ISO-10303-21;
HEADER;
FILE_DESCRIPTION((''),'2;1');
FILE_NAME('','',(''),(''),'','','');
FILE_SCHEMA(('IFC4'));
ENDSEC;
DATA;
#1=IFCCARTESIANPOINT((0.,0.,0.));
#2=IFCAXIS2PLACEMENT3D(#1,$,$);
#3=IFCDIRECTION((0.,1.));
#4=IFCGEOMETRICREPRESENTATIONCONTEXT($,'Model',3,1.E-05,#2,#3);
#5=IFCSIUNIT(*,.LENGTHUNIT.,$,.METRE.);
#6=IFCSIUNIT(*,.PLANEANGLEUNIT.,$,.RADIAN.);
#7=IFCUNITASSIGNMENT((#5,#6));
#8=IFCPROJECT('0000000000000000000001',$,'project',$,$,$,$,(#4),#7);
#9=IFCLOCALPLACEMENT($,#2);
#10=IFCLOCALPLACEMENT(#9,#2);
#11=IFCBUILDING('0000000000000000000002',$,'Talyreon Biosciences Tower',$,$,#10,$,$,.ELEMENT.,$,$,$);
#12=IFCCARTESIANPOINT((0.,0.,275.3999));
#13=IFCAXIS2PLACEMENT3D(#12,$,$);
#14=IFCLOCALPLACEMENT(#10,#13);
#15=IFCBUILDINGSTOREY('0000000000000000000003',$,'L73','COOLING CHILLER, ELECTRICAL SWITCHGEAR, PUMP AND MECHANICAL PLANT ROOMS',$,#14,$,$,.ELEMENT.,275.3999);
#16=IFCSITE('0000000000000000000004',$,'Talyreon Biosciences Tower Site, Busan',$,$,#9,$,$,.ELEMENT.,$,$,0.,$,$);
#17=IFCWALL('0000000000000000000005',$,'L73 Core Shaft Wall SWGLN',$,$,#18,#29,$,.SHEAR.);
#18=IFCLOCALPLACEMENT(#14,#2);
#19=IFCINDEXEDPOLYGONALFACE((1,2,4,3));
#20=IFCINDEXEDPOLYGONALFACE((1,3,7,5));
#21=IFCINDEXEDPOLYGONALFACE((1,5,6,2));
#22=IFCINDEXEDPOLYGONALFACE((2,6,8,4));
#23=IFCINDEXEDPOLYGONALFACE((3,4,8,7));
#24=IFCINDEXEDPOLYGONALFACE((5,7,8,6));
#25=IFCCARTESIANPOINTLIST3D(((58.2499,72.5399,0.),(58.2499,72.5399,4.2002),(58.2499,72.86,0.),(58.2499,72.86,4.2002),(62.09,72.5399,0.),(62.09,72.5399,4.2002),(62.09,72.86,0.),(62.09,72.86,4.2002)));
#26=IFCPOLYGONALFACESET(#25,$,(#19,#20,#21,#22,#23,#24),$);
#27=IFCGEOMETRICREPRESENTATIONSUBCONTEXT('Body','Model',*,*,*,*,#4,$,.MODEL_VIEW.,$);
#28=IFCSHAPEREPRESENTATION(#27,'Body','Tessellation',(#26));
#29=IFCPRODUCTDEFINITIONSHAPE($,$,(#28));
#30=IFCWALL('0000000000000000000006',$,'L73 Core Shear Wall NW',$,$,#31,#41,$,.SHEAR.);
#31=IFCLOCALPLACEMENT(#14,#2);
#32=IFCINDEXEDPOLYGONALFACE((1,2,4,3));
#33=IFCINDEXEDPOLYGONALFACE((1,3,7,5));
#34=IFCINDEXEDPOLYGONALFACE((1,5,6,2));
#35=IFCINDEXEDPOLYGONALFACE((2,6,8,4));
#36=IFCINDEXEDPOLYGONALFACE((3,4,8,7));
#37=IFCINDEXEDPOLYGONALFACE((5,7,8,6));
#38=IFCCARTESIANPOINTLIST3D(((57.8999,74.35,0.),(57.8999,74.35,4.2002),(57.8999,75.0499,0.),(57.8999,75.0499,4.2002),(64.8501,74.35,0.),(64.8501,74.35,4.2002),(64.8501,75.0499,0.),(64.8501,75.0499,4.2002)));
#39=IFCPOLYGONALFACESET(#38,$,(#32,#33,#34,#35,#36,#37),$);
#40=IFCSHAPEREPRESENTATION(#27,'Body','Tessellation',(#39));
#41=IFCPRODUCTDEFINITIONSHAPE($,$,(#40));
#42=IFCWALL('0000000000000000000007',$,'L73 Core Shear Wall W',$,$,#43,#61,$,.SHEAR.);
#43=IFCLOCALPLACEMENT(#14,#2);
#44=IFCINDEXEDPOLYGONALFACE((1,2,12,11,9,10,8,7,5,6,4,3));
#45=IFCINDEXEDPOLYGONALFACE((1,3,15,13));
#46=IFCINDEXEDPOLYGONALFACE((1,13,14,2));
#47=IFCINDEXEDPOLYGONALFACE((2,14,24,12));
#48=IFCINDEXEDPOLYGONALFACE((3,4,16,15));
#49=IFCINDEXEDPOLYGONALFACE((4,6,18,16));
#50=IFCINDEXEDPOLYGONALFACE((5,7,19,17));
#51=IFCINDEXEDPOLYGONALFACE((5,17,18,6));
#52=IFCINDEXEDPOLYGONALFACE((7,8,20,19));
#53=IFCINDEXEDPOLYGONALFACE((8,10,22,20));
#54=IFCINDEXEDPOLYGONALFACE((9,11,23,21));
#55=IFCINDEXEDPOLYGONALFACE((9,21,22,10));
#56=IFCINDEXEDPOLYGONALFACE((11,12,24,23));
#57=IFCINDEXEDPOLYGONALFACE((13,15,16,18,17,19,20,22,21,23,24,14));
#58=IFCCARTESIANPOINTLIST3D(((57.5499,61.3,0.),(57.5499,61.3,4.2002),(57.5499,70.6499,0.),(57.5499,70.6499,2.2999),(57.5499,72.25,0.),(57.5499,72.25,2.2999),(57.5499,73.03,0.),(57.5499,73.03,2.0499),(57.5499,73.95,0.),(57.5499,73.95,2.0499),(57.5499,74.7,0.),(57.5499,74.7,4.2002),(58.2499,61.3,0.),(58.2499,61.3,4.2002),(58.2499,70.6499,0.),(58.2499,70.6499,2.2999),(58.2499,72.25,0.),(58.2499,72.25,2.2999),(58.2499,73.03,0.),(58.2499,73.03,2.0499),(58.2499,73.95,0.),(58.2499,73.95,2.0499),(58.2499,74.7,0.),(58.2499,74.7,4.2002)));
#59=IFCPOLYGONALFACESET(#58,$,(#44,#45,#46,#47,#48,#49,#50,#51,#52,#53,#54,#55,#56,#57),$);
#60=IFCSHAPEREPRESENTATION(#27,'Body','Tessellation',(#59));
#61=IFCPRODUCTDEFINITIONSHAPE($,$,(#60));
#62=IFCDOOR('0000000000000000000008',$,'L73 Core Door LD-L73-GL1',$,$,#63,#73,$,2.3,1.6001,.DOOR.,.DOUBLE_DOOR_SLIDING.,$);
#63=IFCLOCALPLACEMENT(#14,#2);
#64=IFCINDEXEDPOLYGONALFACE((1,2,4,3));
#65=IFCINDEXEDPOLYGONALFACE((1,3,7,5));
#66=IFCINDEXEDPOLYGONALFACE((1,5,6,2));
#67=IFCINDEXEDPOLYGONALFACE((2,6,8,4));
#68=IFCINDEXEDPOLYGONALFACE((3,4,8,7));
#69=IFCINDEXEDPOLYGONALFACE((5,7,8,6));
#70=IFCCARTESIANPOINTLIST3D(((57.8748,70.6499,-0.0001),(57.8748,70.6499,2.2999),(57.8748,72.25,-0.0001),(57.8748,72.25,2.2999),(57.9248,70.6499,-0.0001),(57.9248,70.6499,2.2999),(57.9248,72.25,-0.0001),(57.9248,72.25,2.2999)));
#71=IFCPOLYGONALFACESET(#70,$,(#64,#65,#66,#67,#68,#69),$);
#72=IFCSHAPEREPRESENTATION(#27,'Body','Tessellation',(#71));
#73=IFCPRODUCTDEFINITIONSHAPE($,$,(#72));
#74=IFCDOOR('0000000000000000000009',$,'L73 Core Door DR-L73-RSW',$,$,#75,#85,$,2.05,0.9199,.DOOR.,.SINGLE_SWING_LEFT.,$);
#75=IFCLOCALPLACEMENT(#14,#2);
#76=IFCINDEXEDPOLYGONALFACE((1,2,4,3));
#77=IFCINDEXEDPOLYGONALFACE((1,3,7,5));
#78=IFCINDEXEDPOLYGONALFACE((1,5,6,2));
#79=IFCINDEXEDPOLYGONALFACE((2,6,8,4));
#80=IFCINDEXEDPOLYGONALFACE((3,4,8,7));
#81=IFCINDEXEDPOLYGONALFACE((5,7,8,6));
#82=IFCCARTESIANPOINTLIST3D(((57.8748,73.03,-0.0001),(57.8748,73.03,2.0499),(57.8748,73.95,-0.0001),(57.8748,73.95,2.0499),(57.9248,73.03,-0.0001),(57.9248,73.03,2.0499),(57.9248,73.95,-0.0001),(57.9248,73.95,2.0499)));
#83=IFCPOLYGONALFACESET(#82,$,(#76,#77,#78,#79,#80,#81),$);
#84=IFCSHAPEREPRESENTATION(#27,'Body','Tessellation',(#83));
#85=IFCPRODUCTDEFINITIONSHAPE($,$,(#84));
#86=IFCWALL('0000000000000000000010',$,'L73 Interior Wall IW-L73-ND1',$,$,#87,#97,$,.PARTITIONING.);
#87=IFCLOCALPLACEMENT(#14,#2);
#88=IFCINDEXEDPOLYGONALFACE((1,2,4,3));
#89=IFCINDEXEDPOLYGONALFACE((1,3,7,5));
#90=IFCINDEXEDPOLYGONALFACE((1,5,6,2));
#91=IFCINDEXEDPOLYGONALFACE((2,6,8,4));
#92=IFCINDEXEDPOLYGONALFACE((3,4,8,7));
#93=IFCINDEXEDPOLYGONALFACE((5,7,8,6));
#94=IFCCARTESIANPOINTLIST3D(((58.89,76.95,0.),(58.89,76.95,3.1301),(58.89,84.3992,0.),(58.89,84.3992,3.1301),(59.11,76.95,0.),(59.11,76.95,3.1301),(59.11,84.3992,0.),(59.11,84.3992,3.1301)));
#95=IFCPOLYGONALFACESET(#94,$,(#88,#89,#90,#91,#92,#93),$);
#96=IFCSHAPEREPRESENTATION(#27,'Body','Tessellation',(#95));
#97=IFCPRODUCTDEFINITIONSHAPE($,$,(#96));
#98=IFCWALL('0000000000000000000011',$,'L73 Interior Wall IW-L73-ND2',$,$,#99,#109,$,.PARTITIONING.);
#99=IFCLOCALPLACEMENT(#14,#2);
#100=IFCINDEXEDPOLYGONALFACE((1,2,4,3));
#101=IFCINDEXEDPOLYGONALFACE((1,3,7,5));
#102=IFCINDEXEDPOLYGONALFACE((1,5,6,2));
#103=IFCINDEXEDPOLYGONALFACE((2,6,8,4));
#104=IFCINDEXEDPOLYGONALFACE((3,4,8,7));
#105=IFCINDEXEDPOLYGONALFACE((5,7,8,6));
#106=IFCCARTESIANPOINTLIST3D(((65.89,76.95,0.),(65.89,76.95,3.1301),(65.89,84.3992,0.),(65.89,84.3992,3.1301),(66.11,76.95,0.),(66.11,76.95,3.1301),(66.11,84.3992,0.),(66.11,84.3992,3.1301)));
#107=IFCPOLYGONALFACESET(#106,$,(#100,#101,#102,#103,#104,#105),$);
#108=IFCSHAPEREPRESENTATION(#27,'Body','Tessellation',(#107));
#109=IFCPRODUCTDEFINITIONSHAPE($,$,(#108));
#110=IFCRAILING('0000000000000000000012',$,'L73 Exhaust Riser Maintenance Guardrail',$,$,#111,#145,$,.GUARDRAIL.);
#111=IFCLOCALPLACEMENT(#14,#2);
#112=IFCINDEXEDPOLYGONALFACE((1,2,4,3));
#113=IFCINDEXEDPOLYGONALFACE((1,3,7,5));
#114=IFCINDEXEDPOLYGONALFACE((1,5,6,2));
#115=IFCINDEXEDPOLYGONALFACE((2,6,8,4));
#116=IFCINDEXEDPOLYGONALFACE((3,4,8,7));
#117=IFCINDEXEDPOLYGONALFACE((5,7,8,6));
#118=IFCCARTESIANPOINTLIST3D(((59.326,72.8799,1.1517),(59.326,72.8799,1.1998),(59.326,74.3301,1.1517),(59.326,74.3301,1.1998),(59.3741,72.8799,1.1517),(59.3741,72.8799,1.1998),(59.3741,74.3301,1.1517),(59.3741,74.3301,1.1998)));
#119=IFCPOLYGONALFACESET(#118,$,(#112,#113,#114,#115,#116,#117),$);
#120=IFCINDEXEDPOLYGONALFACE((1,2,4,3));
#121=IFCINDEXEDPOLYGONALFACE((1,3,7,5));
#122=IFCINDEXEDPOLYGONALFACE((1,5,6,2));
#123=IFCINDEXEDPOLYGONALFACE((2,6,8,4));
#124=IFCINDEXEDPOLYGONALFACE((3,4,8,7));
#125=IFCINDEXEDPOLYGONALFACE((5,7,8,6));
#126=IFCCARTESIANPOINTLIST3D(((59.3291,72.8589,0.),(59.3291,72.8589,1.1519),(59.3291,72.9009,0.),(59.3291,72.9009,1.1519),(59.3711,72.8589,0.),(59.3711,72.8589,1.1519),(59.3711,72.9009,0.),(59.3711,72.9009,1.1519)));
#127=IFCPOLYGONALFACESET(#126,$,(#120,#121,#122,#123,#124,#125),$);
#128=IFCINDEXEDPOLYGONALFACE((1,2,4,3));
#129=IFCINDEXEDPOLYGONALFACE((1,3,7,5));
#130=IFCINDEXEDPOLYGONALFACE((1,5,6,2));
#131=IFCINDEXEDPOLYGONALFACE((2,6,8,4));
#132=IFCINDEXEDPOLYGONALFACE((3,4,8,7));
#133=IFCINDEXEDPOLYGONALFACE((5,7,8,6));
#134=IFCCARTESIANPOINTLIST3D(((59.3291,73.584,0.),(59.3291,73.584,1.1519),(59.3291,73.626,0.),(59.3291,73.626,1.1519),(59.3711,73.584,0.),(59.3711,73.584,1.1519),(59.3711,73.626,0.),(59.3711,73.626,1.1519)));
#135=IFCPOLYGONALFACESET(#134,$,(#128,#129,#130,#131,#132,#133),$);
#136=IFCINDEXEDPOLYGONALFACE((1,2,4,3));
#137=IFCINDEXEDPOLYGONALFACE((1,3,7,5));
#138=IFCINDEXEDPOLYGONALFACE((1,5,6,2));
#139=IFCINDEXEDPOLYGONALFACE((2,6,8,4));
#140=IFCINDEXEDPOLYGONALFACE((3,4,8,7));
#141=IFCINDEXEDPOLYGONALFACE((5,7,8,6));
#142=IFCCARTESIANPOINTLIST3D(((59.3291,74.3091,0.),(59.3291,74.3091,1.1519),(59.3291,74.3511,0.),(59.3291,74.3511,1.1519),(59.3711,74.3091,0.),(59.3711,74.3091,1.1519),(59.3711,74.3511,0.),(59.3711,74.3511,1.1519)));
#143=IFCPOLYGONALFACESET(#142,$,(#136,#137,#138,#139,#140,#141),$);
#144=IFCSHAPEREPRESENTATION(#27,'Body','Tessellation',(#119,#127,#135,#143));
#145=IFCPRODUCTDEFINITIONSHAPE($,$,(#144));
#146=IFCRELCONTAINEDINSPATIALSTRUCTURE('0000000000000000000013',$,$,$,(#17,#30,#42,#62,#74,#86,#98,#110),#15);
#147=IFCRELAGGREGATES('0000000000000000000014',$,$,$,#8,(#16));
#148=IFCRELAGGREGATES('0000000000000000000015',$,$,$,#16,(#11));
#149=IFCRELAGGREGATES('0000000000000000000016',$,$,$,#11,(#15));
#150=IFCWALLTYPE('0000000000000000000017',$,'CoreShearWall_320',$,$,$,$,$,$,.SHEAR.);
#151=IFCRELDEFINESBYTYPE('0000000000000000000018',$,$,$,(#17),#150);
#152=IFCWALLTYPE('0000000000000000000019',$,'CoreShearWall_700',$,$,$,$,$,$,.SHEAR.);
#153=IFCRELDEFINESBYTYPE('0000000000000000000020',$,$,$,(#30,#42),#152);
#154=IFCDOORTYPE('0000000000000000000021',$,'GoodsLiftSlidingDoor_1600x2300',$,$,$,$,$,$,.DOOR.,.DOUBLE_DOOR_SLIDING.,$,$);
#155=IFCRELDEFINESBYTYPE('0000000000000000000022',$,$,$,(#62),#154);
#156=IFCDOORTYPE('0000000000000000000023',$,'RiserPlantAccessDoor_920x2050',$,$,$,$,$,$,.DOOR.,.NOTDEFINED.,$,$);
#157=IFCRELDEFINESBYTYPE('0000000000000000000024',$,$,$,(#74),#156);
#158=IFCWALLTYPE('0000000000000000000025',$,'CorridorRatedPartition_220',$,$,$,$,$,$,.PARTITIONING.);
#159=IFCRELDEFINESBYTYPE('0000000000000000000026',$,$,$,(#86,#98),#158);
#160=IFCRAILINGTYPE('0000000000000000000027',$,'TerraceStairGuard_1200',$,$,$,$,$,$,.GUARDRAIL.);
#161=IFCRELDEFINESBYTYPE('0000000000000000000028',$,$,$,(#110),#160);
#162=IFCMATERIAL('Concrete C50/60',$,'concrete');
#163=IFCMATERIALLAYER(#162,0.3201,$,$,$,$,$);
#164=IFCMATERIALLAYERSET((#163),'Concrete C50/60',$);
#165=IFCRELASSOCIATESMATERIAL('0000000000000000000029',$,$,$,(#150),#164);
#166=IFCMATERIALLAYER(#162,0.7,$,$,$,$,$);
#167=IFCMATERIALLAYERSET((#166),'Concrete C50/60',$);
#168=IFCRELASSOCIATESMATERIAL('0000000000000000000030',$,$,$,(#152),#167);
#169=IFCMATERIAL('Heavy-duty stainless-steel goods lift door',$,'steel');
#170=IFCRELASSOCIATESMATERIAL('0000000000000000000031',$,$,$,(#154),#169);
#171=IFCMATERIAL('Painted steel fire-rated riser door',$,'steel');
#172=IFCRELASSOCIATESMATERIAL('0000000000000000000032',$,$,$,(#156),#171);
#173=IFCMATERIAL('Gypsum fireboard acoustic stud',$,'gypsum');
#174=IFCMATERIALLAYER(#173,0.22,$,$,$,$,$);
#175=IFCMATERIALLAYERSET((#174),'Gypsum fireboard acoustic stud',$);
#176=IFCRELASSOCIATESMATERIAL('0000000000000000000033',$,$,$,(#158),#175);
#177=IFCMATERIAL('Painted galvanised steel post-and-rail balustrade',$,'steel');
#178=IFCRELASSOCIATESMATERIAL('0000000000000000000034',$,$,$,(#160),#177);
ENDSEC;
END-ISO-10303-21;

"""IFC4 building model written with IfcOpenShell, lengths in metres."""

from ifc_helpers import new_model, si_unit, direction, frame, frame_2d, origin, origin_2d, place, context, subcontext, project, spatial, rectangle, extrude, material, layer, layer_set, type_object, element, fill, save


model = new_model("IFC4")

# Units and contexts
model_context = context("Model", 3, precision=1e-05, world=origin(), true_north=direction((0.0, 1.0)))
body_context = subcontext(model_context, "Body", "Model", "MODEL_VIEW")
ifc_project = project(units=[si_unit("LENGTHUNIT", "METRE"), si_unit("PLANEANGLEUNIT", "RADIAN")], contexts=[model_context])

# Site, building, storey
site_placement = place(None, origin())
site = spatial("IfcSite", under=ifc_project, at=site_placement, Name="Talyreon Biosciences Tower Site, Busan", CompositionType="ELEMENT", RefElevation=0.0)
building_placement = place(site_placement, origin())
building = spatial("IfcBuilding", under=site, at=building_placement, Name="Talyreon Biosciences Tower", CompositionType="ELEMENT")
storey_placement = place(building_placement, frame((0.0, 0.0, 275.3999)))
storey = spatial("IfcBuildingStorey", under=building, at=storey_placement, Name="L73", Description="COOLING CHILLER, ELECTRICAL SWITCHGEAR, PUMP AND MECHANICAL PLANT ROOMS", CompositionType="ELEMENT", Elevation=275.3999)

# Shared definitions
ifc_material_1 = material(Name="Concrete C50/60", Category="concrete")

# Walls
ifc_layer_1 = layer(ifc_material_1, 0.3201)
ifc_layer_set_1 = layer_set([ifc_layer_1], Name="Concrete C50/60")
wall_type_1 = type_object("IfcWallType", Name="CoreShearWall_320", PredefinedType="SHEAR", material=ifc_layer_set_1)
wall_1_placement = place(storey_placement, frame((58.25, 72.7, 0.0), z_axis=(0.0, 0.0, 1.0), x_axis=(1.0, 0.0, 0.0)))
element("IfcWall", 1, at=wall_1_placement, inside=storey, type_object=wall_type_1, Name="L73 Core Shaft Wall SWGLN", PredefinedType="SHEAR", context=body_context, shape_type="SweptSolid", body=[
    extrude(rectangle(XDim=3.8401, YDim=0.3201, at=frame_2d((1.9199, 0.0))), origin(), (0.0, 0.0, 1.0), 4.2002),
])
ifc_layer_2 = layer(ifc_material_1, 0.7)
ifc_layer_set_2 = layer_set([ifc_layer_2], Name="Concrete C50/60")
wall_type_2 = type_object("IfcWallType", Name="CoreShearWall_700", PredefinedType="SHEAR", material=ifc_layer_set_2)
wall_2_placement = place(storey_placement, frame((64.8501, 74.7, 0.0), z_axis=(0.0, 0.0, 1.0), x_axis=(-1.0, 0.0, 0.0)))
element("IfcWall", 2, at=wall_2_placement, inside=storey, type_object=wall_type_2, Name="L73 Core Shear Wall NW", PredefinedType="SHEAR", context=body_context, shape_type="SweptSolid", body=[
    extrude(rectangle(XDim=6.9502, YDim=0.7, at=frame_2d((3.4751, 0.0))), origin(), (0.0, 0.0, 1.0), 4.2002),
])

# Wall, openings, doors
wall_3_placement = place(storey_placement, frame((57.8999, 74.7, 0.0), z_axis=(0.0, 0.0, 1.0), x_axis=(0.0, -1.0, 0.0)))
wall_3 = element("IfcWall", 3, at=wall_3_placement, inside=storey, type_object=wall_type_2, Name="L73 Core Shear Wall W", PredefinedType="SHEAR", context=body_context, shape_type="SweptSolid", body=[
    extrude(rectangle(XDim=13.3999, YDim=0.7, at=frame_2d((6.7, 0.0))), origin(), (0.0, 0.0, 1.0), 4.2002),
])
opening_1_placement = place(wall_3_placement, frame((0.75, 0.0, 0.0)))
opening_1 = element("IfcOpeningElement", 4, at=opening_1_placement, cuts=wall_3, PredefinedType="OPENING", context=body_context, shape_type="SweptSolid", body=[
    extrude(rectangle(XDim=0.9199, YDim=2.05, at=frame_2d((0.46, 1.0249))), frame((0.0, 0.3599, 0.0), z_axis=(0.0, -1.0, 0.0), x_axis=(1.0, 0.0, 0.0)), (0.0, 0.0, 1.0), 0.72),
])
opening_2_placement = place(wall_3_placement, frame((2.45, 0.0, 0.0)))
opening_2 = element("IfcOpeningElement", 5, at=opening_2_placement, cuts=wall_3, PredefinedType="OPENING", context=body_context, shape_type="SweptSolid", body=[
    extrude(rectangle(XDim=1.6001, YDim=2.3, at=frame_2d((0.8, 1.1499))), frame((0.0, 0.3599, 0.0), z_axis=(0.0, -1.0, 0.0), x_axis=(1.0, 0.0, 0.0)), (0.0, 0.0, 1.0), 0.72),
])
ifc_material_2 = material(Name="Heavy-duty stainless-steel goods lift door", Category="steel")
door_type_1 = type_object("IfcDoorType", Name="GoodsLiftSlidingDoor_1600x2300", OperationType="DOUBLE_DOOR_SLIDING", PredefinedType="DOOR", material=ifc_material_2)
door_1_placement = place(opening_2_placement, origin())
door_1 = element("IfcDoor", 6, at=door_1_placement, inside=storey, type_object=door_type_1, Name="L73 Core Door LD-L73-GL1", OperationType="DOUBLE_DOOR_SLIDING", OverallHeight=2.3, OverallWidth=1.6001, PredefinedType="DOOR", context=body_context, shape_type="SweptSolid", body=[
    extrude(rectangle(XDim=1.6001, YDim=2.3, at=frame_2d((0.8, 1.1499))), frame((0.0, 0.0249, 0.0), z_axis=(0.0, -1.0, 0.0), x_axis=(1.0, 0.0, 0.0)), (0.0, 0.0, 1.0), 0.05),
])
fill(opening_2, door_1)
ifc_material_3 = material(Name="Painted steel fire-rated riser door", Category="steel")
door_type_2 = type_object("IfcDoorType", Name="RiserPlantAccessDoor_920x2050", OperationType="NOTDEFINED", PredefinedType="DOOR", material=ifc_material_3)
door_2_placement = place(opening_1_placement, origin())
door_2 = element("IfcDoor", 7, at=door_2_placement, inside=storey, type_object=door_type_2, Name="L73 Core Door DR-L73-RSW", OperationType="SINGLE_SWING_LEFT", OverallHeight=2.05, OverallWidth=0.9199, PredefinedType="DOOR", context=body_context, shape_type="SweptSolid", body=[
    extrude(rectangle(XDim=0.9199, YDim=2.05, at=frame_2d((0.46, 1.0249))), frame((0.0, 0.0249, 0.0), z_axis=(0.0, -1.0, 0.0), x_axis=(1.0, 0.0, 0.0)), (0.0, 0.0, 1.0), 0.05),
])
fill(opening_1, door_2)

# Walls
ifc_material_4 = material(Name="Gypsum fireboard acoustic stud", Category="gypsum")
ifc_layer_3 = layer(ifc_material_4, 0.22)
ifc_layer_set_3 = layer_set([ifc_layer_3], Name="Gypsum fireboard acoustic stud")
wall_type_3 = type_object("IfcWallType", Name="CorridorRatedPartition_220", PredefinedType="PARTITIONING", material=ifc_layer_set_3)
for number, where, z_axis, x_axis, name in (
    (8, (59.0, 76.95, 0.0), (0.0, 0.0, 1.0), (0.0, 1.0, 0.0), "L73 Interior Wall IW-L73-ND1"),
    (9, (66.0, 76.95, 0.0), (0.0, 0.0, 1.0), (0.0, 1.0, 0.0), "L73 Interior Wall IW-L73-ND2"),
):
    element("IfcWall", number, at=place(storey_placement, frame(where, z_axis=z_axis, x_axis=x_axis)), inside=storey, type_object=wall_type_3, Name=name, PredefinedType="PARTITIONING", context=body_context, shape_type="SweptSolid", body=[
        extrude(rectangle(XDim=7.4492, YDim=0.22, at=frame_2d((3.7246, 0.0))), origin(), (0.0, 0.0, 1.0), 3.1301),
    ])

# Railing
ifc_material_5 = material(Name="Painted galvanised steel post-and-rail balustrade", Category="steel")
railing_type = type_object("IfcRailingType", Name="TerraceStairGuard_1200", PredefinedType="GUARDRAIL", material=ifc_material_5)
railing_placement = place(storey_placement, frame((59.3501, 72.8799, 0.0)))
element("IfcRailing", 10, at=railing_placement, inside=storey, type_object=railing_type, Name="L73 Exhaust Riser Maintenance Guardrail", PredefinedType="GUARDRAIL", context=body_context, shape_type="SweptSolid", body=[
    extrude(rectangle(XDim=0.0481, YDim=0.0481, at=origin_2d()), frame((0.0, 0.0, 1.1758), z_axis=(0.0, 1.0, 0.0), x_axis=(-1.0, 0.0, 0.0)), (0.0, 0.0, 1.0), 1.4502),
    extrude(rectangle(XDim=0.042, YDim=0.042, at=origin_2d()), origin(), (0.0, 0.0, 1.0), 1.1519),
    extrude(rectangle(XDim=0.042, YDim=0.042, at=origin_2d()), frame((0.0, 0.7251, 0.0)), (0.0, 0.0, 1.0), 1.1519),
    extrude(rectangle(XDim=0.042, YDim=0.042, at=origin_2d()), frame((0.0, 1.4502, 0.0)), (0.0, 0.0, 1.0), 1.1519),
])

save(model, "model.ifc")
